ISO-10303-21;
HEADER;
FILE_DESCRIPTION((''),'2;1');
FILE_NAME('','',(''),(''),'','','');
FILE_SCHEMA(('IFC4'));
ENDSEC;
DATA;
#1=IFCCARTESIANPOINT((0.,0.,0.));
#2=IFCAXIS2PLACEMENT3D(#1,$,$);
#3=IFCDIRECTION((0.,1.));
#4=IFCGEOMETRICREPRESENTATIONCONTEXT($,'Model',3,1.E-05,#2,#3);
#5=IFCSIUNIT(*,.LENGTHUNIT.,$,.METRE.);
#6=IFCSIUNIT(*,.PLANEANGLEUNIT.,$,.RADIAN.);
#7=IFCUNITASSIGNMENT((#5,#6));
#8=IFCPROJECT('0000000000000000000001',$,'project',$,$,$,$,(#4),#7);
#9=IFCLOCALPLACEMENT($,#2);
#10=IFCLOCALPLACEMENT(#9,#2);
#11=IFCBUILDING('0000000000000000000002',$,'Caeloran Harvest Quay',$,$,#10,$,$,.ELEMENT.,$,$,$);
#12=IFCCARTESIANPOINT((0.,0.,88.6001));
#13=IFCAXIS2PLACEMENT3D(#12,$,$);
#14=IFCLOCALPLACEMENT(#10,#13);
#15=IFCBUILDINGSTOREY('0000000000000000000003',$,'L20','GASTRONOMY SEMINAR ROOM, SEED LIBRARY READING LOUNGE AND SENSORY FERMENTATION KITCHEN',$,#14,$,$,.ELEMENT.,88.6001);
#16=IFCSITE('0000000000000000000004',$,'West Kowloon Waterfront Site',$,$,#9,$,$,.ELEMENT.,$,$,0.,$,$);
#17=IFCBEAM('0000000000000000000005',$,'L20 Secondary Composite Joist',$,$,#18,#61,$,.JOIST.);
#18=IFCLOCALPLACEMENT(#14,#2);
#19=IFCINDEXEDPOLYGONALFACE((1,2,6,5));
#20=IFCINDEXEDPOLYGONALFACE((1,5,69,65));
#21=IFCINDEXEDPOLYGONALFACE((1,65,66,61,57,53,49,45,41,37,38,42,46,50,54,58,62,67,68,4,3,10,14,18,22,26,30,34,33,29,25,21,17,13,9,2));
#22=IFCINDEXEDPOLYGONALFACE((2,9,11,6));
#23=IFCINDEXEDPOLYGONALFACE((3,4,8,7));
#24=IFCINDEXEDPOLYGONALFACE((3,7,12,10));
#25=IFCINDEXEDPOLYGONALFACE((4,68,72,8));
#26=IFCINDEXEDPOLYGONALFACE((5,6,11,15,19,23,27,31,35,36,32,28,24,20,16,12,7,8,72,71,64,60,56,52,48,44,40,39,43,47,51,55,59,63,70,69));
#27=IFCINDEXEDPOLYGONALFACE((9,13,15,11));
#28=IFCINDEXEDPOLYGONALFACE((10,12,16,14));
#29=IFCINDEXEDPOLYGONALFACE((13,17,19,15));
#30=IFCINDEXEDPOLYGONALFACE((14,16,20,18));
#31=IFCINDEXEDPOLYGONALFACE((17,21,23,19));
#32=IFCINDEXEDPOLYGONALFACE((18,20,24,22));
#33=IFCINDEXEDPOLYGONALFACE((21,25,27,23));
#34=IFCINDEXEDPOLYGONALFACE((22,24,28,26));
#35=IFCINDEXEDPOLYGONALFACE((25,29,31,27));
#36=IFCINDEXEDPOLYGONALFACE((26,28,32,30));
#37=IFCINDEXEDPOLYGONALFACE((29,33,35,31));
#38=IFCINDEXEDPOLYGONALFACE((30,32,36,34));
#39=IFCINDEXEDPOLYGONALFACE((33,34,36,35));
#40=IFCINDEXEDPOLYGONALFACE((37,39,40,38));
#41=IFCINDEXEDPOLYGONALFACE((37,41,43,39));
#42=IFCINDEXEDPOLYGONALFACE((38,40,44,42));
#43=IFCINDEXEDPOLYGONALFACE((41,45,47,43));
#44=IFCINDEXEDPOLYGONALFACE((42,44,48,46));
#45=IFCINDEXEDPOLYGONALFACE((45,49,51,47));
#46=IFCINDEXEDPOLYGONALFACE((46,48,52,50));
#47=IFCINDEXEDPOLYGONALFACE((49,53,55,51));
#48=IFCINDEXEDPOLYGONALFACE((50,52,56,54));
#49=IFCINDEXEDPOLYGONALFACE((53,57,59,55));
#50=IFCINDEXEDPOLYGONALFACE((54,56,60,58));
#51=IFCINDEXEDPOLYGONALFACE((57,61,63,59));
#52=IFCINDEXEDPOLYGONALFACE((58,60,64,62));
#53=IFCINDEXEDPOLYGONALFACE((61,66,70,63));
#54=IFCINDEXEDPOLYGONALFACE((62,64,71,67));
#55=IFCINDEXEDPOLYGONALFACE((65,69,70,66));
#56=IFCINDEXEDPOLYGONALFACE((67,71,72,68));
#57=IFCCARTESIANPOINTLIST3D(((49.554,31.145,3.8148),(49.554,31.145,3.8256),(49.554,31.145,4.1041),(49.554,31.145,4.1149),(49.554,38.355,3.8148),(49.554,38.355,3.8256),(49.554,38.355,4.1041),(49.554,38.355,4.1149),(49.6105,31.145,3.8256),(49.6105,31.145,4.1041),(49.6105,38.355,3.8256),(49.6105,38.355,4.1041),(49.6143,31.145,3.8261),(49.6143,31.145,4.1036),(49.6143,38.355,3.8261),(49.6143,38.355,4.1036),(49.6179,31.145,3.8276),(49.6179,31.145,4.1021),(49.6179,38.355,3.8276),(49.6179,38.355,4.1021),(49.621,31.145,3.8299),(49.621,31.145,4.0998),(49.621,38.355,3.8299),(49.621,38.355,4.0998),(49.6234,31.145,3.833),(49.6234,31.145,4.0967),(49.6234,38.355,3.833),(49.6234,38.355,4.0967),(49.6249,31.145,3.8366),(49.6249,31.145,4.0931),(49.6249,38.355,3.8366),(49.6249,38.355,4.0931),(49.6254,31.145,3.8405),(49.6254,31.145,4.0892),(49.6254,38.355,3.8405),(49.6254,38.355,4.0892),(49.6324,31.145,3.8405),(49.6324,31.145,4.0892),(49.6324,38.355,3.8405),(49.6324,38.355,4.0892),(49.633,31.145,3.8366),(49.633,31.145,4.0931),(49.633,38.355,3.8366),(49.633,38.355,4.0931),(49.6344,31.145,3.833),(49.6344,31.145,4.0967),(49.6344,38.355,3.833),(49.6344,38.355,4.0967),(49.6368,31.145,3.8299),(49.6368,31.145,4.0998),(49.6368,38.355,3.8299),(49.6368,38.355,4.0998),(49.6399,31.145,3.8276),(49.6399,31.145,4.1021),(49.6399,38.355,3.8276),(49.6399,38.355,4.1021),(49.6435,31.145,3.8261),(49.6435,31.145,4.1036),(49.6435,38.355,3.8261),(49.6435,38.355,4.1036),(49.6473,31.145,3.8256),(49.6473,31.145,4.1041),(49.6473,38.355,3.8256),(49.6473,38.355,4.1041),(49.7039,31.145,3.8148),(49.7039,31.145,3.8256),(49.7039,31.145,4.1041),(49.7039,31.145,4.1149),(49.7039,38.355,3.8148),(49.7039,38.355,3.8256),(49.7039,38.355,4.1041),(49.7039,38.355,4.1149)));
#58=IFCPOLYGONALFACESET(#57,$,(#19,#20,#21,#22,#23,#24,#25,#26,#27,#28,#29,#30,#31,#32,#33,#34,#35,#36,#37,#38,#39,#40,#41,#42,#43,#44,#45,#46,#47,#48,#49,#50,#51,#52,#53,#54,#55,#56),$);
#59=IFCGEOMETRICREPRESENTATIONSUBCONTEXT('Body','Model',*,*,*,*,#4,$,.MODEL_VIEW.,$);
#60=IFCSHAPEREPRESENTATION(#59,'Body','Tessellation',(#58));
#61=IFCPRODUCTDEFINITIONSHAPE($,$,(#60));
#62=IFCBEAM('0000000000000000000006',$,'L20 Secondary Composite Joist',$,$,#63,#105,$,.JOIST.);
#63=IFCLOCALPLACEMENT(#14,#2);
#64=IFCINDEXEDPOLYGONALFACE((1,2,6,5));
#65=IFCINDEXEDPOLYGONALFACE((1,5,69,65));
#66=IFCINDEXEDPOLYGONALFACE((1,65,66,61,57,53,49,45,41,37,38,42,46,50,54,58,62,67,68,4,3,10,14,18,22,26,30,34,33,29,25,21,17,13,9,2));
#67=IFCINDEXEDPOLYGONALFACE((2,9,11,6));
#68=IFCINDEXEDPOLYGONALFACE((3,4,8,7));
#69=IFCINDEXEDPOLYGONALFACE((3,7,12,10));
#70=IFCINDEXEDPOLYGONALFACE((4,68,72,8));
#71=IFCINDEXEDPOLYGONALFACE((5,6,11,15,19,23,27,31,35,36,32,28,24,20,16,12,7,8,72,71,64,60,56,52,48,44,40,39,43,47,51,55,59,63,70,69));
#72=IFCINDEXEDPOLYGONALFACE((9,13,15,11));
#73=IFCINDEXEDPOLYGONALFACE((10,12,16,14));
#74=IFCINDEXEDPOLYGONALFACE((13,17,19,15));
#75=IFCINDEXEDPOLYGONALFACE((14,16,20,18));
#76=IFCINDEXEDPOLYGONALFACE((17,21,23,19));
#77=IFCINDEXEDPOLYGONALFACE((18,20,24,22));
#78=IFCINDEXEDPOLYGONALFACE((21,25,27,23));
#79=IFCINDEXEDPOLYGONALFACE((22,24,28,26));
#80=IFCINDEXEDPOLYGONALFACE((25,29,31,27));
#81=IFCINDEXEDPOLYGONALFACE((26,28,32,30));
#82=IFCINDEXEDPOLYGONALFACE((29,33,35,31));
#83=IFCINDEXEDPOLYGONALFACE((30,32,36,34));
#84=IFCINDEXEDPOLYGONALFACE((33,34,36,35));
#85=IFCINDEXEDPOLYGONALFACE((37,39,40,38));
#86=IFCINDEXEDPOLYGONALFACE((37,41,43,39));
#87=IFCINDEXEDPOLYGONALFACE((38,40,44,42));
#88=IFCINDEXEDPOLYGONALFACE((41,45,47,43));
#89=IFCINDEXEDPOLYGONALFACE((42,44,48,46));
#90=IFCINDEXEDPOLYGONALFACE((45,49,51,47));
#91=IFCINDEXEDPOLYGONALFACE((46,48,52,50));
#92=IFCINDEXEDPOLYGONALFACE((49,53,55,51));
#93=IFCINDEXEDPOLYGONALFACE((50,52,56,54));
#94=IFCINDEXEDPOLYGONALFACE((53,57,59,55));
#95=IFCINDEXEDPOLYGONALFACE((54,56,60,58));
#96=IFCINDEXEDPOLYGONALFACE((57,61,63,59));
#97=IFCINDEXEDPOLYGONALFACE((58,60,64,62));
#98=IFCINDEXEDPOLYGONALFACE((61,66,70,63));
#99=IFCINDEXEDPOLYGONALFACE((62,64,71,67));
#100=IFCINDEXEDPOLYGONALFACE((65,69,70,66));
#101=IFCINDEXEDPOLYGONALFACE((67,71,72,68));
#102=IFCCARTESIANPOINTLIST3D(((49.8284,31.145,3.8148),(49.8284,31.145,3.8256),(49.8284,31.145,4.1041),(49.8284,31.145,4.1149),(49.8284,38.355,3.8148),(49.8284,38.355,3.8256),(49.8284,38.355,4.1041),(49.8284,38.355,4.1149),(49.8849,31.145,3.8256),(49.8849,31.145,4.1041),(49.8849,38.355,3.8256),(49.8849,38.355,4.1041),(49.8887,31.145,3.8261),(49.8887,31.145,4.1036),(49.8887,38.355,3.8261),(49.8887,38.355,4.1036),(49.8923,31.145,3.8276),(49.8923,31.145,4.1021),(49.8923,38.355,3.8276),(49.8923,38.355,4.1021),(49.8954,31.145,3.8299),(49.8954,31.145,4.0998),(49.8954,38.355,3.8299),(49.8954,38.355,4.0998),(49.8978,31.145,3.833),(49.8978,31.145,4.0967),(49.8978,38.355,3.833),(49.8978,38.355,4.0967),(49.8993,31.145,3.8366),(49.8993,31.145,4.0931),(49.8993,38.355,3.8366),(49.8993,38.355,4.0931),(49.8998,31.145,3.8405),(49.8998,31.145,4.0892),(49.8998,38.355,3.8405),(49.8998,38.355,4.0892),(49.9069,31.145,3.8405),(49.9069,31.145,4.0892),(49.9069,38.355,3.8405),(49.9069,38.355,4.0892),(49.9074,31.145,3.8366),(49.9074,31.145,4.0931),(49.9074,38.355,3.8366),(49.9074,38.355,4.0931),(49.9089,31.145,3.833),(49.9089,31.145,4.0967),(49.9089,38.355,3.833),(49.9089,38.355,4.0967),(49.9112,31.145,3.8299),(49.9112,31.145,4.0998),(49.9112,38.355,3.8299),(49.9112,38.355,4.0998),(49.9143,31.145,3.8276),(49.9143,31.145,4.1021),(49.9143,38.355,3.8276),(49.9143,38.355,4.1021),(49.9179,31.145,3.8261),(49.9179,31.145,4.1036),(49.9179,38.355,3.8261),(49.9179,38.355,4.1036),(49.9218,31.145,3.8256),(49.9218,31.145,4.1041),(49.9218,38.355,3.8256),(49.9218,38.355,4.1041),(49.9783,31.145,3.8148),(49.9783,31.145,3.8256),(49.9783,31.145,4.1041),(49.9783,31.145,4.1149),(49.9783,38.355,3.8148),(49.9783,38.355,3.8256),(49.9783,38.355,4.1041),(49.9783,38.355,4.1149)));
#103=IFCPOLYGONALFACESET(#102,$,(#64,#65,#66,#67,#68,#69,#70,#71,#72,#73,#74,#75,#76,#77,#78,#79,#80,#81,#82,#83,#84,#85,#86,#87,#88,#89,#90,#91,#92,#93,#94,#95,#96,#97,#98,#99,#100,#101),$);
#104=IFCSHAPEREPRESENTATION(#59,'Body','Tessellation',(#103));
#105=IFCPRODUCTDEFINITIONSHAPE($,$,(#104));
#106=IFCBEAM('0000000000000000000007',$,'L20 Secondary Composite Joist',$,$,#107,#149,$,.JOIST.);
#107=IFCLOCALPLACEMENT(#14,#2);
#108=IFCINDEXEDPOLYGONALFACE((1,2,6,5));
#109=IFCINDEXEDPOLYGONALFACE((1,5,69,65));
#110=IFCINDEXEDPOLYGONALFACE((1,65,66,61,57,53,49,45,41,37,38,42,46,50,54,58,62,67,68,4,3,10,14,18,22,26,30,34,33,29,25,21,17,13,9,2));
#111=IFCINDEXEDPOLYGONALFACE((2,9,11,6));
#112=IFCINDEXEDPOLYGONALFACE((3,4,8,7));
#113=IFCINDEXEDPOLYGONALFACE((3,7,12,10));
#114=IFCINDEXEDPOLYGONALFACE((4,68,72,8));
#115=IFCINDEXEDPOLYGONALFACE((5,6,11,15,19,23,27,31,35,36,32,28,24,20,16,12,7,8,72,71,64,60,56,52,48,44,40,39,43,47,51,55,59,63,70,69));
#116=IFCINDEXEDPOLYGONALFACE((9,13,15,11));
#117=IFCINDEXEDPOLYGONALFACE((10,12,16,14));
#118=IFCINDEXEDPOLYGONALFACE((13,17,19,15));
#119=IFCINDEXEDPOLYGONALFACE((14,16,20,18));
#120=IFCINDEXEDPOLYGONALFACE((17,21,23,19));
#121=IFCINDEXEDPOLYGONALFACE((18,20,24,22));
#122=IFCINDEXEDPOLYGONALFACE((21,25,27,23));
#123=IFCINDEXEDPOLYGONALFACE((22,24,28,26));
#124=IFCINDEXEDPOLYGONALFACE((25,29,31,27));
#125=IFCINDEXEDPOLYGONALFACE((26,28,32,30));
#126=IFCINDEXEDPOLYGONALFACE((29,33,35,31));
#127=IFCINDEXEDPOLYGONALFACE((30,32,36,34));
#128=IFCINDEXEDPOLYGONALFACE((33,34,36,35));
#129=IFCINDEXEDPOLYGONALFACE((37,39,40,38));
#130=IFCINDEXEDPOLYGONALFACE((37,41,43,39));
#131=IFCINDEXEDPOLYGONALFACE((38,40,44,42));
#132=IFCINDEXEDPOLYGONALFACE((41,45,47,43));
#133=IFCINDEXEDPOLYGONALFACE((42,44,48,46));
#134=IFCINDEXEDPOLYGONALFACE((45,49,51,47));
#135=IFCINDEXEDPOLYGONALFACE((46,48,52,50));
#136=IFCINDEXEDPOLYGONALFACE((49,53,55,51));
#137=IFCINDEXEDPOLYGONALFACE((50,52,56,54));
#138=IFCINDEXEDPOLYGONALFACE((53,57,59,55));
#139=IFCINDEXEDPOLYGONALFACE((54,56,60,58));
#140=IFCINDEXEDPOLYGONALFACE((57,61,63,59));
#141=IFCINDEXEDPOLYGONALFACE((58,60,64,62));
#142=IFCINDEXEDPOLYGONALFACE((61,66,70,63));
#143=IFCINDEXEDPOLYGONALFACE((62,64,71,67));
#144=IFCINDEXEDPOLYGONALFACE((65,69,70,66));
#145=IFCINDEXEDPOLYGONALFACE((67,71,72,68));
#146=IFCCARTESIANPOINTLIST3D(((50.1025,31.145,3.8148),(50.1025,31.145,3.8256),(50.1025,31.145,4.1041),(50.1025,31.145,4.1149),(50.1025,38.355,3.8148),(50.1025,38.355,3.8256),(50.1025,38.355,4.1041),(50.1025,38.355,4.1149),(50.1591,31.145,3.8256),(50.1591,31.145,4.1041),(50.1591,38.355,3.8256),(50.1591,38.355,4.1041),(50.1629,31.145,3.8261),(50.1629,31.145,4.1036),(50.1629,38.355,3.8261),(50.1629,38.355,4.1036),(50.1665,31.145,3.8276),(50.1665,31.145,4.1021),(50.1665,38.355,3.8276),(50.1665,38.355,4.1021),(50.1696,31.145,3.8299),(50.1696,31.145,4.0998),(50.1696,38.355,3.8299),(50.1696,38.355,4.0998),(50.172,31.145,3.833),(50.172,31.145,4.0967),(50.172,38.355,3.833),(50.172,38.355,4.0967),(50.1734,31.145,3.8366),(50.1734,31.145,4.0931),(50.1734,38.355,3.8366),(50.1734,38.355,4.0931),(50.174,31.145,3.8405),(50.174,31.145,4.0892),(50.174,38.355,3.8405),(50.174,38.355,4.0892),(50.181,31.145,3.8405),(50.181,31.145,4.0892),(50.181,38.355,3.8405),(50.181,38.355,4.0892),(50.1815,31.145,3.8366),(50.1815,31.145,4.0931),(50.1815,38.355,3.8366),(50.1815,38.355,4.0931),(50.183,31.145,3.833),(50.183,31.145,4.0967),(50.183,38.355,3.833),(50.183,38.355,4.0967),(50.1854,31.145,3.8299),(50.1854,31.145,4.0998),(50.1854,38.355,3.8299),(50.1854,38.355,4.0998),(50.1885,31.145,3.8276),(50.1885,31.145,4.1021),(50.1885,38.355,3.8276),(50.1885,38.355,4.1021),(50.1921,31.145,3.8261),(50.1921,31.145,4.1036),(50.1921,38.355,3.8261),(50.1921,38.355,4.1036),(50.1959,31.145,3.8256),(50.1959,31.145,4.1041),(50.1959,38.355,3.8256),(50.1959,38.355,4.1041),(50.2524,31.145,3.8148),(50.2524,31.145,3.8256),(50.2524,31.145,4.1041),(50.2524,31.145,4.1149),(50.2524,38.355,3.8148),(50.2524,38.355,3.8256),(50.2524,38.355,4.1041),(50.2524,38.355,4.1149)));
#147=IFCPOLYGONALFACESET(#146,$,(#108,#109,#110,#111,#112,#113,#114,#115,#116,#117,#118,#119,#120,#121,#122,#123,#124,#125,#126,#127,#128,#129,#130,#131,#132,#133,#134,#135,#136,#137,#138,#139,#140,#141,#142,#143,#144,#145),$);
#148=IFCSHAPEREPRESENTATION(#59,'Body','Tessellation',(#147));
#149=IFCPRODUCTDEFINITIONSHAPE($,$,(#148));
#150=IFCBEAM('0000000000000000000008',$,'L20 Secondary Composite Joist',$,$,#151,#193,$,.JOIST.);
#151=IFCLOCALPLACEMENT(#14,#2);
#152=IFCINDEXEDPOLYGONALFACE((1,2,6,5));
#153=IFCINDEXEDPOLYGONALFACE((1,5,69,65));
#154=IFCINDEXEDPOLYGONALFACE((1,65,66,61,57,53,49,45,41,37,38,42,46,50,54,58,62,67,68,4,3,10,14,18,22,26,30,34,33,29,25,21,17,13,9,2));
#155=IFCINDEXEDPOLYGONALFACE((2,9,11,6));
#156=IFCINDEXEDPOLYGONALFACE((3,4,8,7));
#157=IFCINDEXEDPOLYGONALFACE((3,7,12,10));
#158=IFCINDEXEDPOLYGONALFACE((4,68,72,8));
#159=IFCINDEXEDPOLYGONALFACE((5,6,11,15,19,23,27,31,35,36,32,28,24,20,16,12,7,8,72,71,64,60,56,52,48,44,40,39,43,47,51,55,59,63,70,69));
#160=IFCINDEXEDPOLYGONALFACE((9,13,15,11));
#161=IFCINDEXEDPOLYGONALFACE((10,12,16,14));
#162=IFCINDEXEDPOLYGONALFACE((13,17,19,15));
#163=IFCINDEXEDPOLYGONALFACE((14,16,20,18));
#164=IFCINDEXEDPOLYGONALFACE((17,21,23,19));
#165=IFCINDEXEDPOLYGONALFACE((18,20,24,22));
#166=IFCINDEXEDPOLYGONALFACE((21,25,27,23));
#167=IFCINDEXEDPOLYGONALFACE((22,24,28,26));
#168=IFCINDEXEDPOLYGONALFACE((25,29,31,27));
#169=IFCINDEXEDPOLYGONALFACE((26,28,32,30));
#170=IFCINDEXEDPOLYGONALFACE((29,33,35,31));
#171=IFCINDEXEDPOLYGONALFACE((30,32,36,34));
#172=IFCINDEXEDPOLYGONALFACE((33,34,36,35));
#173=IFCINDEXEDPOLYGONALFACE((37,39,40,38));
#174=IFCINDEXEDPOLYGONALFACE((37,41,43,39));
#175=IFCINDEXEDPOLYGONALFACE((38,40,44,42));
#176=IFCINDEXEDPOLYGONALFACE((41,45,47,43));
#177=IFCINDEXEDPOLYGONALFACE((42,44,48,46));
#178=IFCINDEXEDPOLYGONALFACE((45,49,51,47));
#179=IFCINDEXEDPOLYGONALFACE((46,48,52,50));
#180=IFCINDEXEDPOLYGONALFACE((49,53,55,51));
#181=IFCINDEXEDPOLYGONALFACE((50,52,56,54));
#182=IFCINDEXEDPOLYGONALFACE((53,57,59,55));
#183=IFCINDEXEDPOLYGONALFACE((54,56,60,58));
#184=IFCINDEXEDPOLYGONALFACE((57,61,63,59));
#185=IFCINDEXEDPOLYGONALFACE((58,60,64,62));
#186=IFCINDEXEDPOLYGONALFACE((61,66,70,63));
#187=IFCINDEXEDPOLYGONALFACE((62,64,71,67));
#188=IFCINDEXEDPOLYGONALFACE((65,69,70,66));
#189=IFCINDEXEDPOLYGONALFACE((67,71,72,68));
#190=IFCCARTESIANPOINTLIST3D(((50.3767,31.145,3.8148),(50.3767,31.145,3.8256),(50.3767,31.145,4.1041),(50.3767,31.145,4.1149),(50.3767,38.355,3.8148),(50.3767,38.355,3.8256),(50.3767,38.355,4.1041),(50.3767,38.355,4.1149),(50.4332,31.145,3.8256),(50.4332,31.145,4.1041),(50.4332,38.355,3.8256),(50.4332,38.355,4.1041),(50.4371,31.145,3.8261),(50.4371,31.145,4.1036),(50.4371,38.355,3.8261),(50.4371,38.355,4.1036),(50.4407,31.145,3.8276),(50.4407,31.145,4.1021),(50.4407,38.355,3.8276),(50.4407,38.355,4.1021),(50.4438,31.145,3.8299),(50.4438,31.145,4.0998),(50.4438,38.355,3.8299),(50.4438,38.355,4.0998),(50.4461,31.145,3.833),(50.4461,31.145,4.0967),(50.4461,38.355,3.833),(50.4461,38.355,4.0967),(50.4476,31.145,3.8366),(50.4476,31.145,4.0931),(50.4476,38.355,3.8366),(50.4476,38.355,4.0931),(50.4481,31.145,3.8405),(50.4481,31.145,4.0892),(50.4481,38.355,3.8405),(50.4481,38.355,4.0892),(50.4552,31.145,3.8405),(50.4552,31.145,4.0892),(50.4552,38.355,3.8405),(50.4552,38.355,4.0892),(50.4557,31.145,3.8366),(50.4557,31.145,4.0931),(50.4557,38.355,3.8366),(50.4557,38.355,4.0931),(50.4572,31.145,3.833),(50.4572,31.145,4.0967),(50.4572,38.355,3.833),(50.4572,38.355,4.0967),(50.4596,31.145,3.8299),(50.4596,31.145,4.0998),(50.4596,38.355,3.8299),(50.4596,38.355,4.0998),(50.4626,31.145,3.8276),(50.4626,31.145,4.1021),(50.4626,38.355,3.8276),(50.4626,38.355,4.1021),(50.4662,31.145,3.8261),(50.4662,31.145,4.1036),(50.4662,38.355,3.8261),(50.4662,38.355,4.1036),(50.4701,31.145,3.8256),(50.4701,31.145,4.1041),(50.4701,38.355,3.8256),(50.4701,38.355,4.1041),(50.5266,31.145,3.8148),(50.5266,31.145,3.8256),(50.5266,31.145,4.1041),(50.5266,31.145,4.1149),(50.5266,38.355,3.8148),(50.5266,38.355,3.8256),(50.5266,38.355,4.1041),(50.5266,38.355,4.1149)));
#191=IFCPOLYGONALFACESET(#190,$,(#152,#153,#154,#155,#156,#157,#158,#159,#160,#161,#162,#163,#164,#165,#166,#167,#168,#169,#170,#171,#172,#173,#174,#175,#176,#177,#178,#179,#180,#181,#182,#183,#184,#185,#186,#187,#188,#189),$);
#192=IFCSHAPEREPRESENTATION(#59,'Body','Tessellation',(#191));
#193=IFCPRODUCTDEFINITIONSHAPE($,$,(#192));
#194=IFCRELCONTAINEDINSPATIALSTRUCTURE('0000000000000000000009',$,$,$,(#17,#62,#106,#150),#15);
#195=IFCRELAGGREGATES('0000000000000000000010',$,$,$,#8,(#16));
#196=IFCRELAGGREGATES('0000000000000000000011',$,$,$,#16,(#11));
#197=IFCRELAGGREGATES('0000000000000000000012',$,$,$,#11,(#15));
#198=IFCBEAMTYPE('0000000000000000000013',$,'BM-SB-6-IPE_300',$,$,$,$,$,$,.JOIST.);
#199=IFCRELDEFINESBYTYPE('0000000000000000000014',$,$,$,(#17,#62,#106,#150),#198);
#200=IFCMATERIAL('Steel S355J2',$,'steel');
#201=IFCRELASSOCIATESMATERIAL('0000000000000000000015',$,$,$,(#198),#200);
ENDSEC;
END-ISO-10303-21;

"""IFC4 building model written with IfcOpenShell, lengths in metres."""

from ifc_helpers import new_model, si_unit, direction, frame, origin, origin_2d, place, context, subcontext, project, spatial, i_section, extrude, material, material_profile, profile_set, type_object, element, save


model = new_model("IFC4")

# Units and contexts
model_context = context("Model", 3, precision=1e-05, world=origin(), true_north=direction((0.0, 1.0)))
body_context = subcontext(model_context, "Body", "Model", "MODEL_VIEW")
ifc_project = project(units=[si_unit("LENGTHUNIT", "METRE"), si_unit("PLANEANGLEUNIT", "RADIAN")], contexts=[model_context])

# Site, building, storey
site_placement = place(None, origin())
site = spatial("IfcSite", under=ifc_project, at=site_placement, Name="West Kowloon Waterfront Site", CompositionType="ELEMENT", RefElevation=0.0)
building_placement = place(site_placement, origin())
building = spatial("IfcBuilding", under=site, at=building_placement, Name="Caeloran Harvest Quay", CompositionType="ELEMENT")
storey_placement = place(building_placement, frame((0.0, 0.0, 88.6001)))
storey = spatial("IfcBuildingStorey", under=building, at=storey_placement, Name="L20", Description="GASTRONOMY SEMINAR ROOM, SEED LIBRARY READING LOUNGE AND SENSORY FERMENTATION KITCHEN", CompositionType="ELEMENT", Elevation=88.6001)

# Beams
ifc_material_1 = material(Name="Steel S355J2", Category="steel")
ifc_material_profile_1 = material_profile(ifc_material_1, i_section(OverallWidth=0.1499, OverallDepth=0.3, WebThickness=0.0071, FlangeThickness=0.0107, FilletRadius=0.0149, at=origin_2d()), Name="IPE 300")
ifc_profile_set_1 = profile_set([ifc_material_profile_1], Name="Steel S355J2")
beam_type_1 = type_object("IfcBeamType", Name="BM-SB-6-IPE_300", PredefinedType="JOIST", material=ifc_profile_set_1)
for number, where, z_axis, x_axis, name in (
    (1, (49.6289, 31.145, 3.9648), (0.0, 1.0, 0.0), (-1.0, 0.0, 0.0), "L20 Secondary Composite Joist"),
    (2, (49.9033, 31.145, 3.9648), (0.0, 1.0, 0.0), (-1.0, 0.0, 0.0), "L20 Secondary Composite Joist"),
    (3, (50.1775, 31.145, 3.9648), (0.0, 1.0, 0.0), (-1.0, 0.0, 0.0), "L20 Secondary Composite Joist"),
    (4, (50.4517, 31.145, 3.9648), (0.0, 1.0, 0.0), (-1.0, 0.0, 0.0), "L20 Secondary Composite Joist"),
):
    element("IfcBeam", number, at=place(storey_placement, frame(where, z_axis=z_axis, x_axis=x_axis)), inside=storey, type_object=beam_type_1, Name=name, PredefinedType="JOIST", context=body_context, shape_type="SweptSolid", body=[
        extrude(i_section(OverallWidth=0.1499, OverallDepth=0.3, WebThickness=0.0071, FlangeThickness=0.0107, FilletRadius=0.0149, at=origin_2d()), origin(), (0.0, 0.0, 1.0), 7.21),
    ])

save(model, "model.ifc")
